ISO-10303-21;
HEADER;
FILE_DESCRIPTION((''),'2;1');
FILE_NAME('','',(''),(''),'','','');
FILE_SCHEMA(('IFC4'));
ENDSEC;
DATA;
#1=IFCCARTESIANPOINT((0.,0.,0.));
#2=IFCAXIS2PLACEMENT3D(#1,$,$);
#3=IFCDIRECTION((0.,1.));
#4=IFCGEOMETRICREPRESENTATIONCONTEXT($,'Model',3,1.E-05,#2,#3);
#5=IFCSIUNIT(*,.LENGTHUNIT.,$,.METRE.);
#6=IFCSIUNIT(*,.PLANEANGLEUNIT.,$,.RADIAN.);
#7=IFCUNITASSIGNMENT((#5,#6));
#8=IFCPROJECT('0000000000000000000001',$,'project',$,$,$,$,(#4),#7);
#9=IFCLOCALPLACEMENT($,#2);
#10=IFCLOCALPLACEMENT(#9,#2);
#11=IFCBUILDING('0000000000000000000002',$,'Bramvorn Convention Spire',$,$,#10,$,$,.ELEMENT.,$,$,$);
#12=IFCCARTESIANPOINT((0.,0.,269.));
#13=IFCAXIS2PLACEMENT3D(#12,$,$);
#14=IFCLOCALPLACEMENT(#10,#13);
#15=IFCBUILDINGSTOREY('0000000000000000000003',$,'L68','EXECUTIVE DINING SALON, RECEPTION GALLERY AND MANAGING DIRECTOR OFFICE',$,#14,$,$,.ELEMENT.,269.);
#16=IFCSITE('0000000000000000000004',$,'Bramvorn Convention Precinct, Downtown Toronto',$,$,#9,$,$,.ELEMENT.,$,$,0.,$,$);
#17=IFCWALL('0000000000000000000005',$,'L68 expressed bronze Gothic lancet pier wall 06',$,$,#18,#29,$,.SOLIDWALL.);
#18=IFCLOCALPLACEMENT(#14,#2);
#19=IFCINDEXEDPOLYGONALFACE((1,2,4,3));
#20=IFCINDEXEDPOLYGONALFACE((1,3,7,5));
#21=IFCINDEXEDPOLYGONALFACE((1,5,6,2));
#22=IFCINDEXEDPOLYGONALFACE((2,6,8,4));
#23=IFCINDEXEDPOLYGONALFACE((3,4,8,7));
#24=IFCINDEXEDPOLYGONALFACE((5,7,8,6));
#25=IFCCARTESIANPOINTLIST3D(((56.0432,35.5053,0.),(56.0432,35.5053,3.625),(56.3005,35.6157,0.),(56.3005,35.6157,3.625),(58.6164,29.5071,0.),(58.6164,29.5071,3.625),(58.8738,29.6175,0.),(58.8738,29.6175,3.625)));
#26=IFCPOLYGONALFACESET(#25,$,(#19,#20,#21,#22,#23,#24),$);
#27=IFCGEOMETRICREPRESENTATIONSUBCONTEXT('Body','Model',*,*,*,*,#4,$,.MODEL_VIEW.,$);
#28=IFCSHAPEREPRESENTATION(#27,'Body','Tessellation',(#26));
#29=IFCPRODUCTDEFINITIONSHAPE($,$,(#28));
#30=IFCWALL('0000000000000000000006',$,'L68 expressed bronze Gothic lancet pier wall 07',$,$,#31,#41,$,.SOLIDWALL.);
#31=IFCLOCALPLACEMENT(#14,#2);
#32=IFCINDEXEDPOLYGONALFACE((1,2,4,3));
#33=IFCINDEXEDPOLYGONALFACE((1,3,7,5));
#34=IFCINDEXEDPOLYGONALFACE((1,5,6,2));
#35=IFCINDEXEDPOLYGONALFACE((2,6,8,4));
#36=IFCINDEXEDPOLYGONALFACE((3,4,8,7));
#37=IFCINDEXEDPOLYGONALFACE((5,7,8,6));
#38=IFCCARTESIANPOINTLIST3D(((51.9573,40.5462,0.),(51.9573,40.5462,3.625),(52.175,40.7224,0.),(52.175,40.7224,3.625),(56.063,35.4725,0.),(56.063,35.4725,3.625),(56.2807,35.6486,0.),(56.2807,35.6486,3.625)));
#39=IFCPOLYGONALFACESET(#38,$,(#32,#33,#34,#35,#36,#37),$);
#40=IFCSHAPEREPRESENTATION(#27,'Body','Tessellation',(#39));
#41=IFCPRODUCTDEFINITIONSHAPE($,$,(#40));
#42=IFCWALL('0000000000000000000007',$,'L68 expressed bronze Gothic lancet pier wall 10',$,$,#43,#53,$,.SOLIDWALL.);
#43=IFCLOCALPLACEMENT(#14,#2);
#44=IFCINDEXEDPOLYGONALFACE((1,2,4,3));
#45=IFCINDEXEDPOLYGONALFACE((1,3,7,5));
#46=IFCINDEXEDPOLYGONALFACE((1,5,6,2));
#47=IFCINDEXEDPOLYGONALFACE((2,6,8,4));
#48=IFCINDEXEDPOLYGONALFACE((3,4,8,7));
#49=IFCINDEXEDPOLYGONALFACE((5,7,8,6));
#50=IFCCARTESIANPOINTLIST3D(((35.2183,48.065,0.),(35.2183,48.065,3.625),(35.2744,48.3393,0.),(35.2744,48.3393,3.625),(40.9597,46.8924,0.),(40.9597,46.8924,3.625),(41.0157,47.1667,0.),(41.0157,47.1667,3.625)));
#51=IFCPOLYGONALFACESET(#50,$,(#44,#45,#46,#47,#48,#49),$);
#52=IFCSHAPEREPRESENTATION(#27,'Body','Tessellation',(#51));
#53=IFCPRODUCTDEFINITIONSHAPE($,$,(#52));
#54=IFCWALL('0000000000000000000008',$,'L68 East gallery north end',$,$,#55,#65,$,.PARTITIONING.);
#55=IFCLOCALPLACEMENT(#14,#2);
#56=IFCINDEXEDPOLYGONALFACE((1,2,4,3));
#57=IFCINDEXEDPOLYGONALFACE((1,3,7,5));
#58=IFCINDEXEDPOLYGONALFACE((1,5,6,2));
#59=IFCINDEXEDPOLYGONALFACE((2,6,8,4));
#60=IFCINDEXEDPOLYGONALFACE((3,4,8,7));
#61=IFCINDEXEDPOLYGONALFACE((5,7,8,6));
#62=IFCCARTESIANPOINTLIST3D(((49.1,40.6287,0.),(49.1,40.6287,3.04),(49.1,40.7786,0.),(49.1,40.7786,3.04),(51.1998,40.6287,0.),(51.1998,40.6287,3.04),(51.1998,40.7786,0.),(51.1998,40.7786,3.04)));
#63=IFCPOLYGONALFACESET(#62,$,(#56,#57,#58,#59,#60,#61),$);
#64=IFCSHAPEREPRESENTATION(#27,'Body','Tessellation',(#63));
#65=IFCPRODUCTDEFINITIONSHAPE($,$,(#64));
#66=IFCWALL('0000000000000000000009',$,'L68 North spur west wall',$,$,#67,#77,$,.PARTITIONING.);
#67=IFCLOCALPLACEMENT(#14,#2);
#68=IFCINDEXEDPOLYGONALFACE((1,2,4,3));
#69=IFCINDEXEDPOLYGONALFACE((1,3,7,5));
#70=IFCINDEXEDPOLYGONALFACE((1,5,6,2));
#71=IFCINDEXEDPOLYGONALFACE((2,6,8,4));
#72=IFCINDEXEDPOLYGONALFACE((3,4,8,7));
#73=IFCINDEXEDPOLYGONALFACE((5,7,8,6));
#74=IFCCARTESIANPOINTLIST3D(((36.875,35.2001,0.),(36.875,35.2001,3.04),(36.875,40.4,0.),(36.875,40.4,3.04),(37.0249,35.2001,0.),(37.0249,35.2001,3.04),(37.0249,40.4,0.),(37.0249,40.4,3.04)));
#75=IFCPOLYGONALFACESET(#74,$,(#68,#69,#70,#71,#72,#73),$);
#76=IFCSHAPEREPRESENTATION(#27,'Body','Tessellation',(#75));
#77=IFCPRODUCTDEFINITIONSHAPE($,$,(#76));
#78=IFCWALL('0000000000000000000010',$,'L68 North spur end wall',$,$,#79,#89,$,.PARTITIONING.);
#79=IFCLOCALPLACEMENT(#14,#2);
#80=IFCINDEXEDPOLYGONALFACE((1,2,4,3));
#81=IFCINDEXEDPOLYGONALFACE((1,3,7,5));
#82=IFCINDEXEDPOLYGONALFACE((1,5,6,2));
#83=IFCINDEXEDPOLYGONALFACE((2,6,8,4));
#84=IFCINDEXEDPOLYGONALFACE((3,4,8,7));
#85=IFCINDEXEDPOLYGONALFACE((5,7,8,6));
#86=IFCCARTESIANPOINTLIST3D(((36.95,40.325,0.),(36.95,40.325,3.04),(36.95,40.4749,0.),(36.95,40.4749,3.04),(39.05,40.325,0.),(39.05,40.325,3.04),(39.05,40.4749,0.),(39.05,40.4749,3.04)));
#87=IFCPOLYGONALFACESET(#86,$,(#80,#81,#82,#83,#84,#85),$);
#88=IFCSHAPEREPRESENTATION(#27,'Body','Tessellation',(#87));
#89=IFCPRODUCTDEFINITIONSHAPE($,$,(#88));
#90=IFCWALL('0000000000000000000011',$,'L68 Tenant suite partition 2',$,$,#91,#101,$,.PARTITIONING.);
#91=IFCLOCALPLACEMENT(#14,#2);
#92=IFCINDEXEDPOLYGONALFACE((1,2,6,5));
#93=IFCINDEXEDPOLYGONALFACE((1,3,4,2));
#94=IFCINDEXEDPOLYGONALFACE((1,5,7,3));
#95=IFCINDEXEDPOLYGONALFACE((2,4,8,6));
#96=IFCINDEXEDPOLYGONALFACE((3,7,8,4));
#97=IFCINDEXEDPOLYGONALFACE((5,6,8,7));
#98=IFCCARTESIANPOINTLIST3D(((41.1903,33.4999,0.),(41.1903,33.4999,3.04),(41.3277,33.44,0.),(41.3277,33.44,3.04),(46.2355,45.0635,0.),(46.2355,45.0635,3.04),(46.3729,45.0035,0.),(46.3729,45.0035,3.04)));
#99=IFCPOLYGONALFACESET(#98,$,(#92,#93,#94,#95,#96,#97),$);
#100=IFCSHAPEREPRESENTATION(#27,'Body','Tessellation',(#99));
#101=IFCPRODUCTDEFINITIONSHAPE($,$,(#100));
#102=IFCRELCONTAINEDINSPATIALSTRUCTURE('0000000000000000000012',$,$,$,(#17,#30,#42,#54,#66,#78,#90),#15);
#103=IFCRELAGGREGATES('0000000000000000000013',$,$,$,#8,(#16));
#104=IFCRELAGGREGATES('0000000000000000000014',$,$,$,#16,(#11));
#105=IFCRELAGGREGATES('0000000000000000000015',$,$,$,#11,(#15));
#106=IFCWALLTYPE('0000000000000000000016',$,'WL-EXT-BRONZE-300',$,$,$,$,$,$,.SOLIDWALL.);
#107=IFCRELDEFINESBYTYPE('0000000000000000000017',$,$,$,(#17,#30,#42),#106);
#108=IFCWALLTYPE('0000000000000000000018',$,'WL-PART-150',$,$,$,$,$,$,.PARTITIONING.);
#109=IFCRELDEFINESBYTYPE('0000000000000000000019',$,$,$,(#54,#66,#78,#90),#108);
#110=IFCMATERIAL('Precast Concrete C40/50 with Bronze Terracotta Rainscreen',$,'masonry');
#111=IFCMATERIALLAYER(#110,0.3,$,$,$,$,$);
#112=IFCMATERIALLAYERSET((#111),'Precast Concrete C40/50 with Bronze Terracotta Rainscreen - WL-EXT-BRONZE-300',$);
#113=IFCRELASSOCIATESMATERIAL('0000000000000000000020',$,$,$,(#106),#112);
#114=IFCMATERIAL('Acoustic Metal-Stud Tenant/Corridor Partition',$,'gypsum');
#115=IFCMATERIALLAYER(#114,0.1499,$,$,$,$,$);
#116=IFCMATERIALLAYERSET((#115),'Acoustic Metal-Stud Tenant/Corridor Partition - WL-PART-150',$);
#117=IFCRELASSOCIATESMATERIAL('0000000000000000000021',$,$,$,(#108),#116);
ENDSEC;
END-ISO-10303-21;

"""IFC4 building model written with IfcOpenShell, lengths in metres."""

from ifc_helpers import new_model, si_unit, direction, frame, frame_2d, origin, place, context, subcontext, project, spatial, rectangle, extrude, material, layer, layer_set, type_object, element, save


model = new_model("IFC4")

# Units and contexts
model_context = context("Model", 3, precision=1e-05, world=origin(), true_north=direction((0.0, 1.0)))
body_context = subcontext(model_context, "Body", "Model", "MODEL_VIEW")
ifc_project = project(units=[si_unit("LENGTHUNIT", "METRE"), si_unit("PLANEANGLEUNIT", "RADIAN")], contexts=[model_context])

# Site, building, storey
site_placement = place(None, origin())
site = spatial("IfcSite", under=ifc_project, at=site_placement, Name="Bramvorn Convention Precinct, Downtown Toronto", CompositionType="ELEMENT", RefElevation=0.0)
building_placement = place(site_placement, origin())
building = spatial("IfcBuilding", under=site, at=building_placement, Name="Bramvorn Convention Spire", CompositionType="ELEMENT")
storey_placement = place(building_placement, frame((0.0, 0.0, 269.0)))
storey = spatial("IfcBuildingStorey", under=building, at=storey_placement, Name="L68", Description="EXECUTIVE DINING SALON, RECEPTION GALLERY AND MANAGING DIRECTOR OFFICE", CompositionType="ELEMENT", Elevation=269.0)

# Walls
ifc_material_1 = material(Name="Precast Concrete C40/50 with Bronze Terracotta Rainscreen", Category="masonry")
ifc_layer_1 = layer(ifc_material_1, 0.3)
ifc_layer_set_1 = layer_set([ifc_layer_1], Name="Precast Concrete C40/50 with Bronze Terracotta Rainscreen - WL-EXT-BRONZE-300")
wall_type_1 = type_object("IfcWallType", Name="WL-EXT-BRONZE-300", PredefinedType="SOLIDWALL", material=ifc_layer_set_1)
for number, where, z_axis, x_axis, name in (
    (1, (56.1719, 35.5605, 0.0), (0.0, 0.0, 1.0), (0.394249, -0.919004, 0.0), "L68 expressed bronze Gothic lancet pier wall 06"),
    (2, (52.0662, 40.6343, 0.0), (0.0, 0.0, 1.0), (0.629051, -0.777364, 0.0), "L68 expressed bronze Gothic lancet pier wall 07"),
):
    element("IfcWall", number, at=place(storey_placement, frame(where, z_axis=z_axis, x_axis=x_axis)), inside=storey, type_object=wall_type_1, Name=name, PredefinedType="SOLIDWALL", context=body_context, shape_type="SweptSolid", body=[
        extrude(rectangle(XDim=6.5269, YDim=0.28, at=frame_2d((3.2634, 0.0))), origin(), (0.0, 0.0, 1.0), 3.625),
    ])
wall_1_placement = place(storey_placement, frame((35.2463, 48.2021, 0.0), z_axis=(0.0, 0.0, 1.0), x_axis=(0.979775, -0.200104, 0.0)))
element("IfcWall", 3, at=wall_1_placement, inside=storey, type_object=wall_type_1, Name="L68 expressed bronze Gothic lancet pier wall 10", PredefinedType="SOLIDWALL", context=body_context, shape_type="SweptSolid", body=[
    extrude(rectangle(XDim=5.8599, YDim=0.28, at=frame_2d((2.9299, 0.0))), origin(), (0.0, 0.0, 1.0), 3.625),
])
ifc_material_2 = material(Name="Acoustic Metal-Stud Tenant/Corridor Partition", Category="gypsum")
ifc_layer_2 = layer(ifc_material_2, 0.1499)
ifc_layer_set_2 = layer_set([ifc_layer_2], Name="Acoustic Metal-Stud Tenant/Corridor Partition - WL-PART-150")
wall_type_2 = type_object("IfcWallType", Name="WL-PART-150", PredefinedType="PARTITIONING", material=ifc_layer_set_2)
wall_2_placement = place(storey_placement, frame((49.1001, 40.7036, 0.0), z_axis=(0.0, 0.0, 1.0), x_axis=(1.0, 0.0, 0.0)))
element("IfcWall", 4, at=wall_2_placement, inside=storey, type_object=wall_type_2, Name="L68 East gallery north end", PredefinedType="PARTITIONING", context=body_context, shape_type="SweptSolid", body=[
    extrude(rectangle(XDim=2.0999, YDim=0.1499, at=frame_2d((1.0498, 0.0))), origin(), (0.0, 0.0, 1.0), 3.04),
])
wall_3_placement = place(storey_placement, frame((36.95, 35.2, 0.0), z_axis=(0.0, 0.0, 1.0), x_axis=(0.0, 1.0, 0.0)))
element("IfcWall", 5, at=wall_3_placement, inside=storey, type_object=wall_type_2, Name="L68 North spur west wall", PredefinedType="PARTITIONING", context=body_context, shape_type="SweptSolid", body=[
    extrude(rectangle(XDim=5.2, YDim=0.1499, at=frame_2d((2.6001, 0.0))), origin(), (0.0, 0.0, 1.0), 3.04),
])
wall_4_placement = place(storey_placement, frame((36.95, 40.3999, 0.0), z_axis=(0.0, 0.0, 1.0), x_axis=(1.0, 0.0, 0.0)))
element("IfcWall", 6, at=wall_4_placement, inside=storey, type_object=wall_type_2, Name="L68 North spur end wall", PredefinedType="PARTITIONING", context=body_context, shape_type="SweptSolid", body=[
    extrude(rectangle(XDim=2.1001, YDim=0.1499, at=frame_2d((1.05, 0.0))), origin(), (0.0, 0.0, 1.0), 3.04),
])
wall_5_placement = place(storey_placement, frame((41.259, 33.47, 0.0), z_axis=(0.0, 0.0, 1.0), x_axis=(0.399897, 0.91656, 0.0)))
element("IfcWall", 7, at=wall_5_placement, inside=storey, type_object=wall_type_2, Name="L68 Tenant suite partition 2", PredefinedType="PARTITIONING", context=body_context, shape_type="SweptSolid", body=[
    extrude(rectangle(XDim=12.6162, YDim=0.1499, at=frame_2d((6.3081, 0.0))), origin(), (0.0, 0.0, 1.0), 3.04),
])

save(model, "model.ifc")
